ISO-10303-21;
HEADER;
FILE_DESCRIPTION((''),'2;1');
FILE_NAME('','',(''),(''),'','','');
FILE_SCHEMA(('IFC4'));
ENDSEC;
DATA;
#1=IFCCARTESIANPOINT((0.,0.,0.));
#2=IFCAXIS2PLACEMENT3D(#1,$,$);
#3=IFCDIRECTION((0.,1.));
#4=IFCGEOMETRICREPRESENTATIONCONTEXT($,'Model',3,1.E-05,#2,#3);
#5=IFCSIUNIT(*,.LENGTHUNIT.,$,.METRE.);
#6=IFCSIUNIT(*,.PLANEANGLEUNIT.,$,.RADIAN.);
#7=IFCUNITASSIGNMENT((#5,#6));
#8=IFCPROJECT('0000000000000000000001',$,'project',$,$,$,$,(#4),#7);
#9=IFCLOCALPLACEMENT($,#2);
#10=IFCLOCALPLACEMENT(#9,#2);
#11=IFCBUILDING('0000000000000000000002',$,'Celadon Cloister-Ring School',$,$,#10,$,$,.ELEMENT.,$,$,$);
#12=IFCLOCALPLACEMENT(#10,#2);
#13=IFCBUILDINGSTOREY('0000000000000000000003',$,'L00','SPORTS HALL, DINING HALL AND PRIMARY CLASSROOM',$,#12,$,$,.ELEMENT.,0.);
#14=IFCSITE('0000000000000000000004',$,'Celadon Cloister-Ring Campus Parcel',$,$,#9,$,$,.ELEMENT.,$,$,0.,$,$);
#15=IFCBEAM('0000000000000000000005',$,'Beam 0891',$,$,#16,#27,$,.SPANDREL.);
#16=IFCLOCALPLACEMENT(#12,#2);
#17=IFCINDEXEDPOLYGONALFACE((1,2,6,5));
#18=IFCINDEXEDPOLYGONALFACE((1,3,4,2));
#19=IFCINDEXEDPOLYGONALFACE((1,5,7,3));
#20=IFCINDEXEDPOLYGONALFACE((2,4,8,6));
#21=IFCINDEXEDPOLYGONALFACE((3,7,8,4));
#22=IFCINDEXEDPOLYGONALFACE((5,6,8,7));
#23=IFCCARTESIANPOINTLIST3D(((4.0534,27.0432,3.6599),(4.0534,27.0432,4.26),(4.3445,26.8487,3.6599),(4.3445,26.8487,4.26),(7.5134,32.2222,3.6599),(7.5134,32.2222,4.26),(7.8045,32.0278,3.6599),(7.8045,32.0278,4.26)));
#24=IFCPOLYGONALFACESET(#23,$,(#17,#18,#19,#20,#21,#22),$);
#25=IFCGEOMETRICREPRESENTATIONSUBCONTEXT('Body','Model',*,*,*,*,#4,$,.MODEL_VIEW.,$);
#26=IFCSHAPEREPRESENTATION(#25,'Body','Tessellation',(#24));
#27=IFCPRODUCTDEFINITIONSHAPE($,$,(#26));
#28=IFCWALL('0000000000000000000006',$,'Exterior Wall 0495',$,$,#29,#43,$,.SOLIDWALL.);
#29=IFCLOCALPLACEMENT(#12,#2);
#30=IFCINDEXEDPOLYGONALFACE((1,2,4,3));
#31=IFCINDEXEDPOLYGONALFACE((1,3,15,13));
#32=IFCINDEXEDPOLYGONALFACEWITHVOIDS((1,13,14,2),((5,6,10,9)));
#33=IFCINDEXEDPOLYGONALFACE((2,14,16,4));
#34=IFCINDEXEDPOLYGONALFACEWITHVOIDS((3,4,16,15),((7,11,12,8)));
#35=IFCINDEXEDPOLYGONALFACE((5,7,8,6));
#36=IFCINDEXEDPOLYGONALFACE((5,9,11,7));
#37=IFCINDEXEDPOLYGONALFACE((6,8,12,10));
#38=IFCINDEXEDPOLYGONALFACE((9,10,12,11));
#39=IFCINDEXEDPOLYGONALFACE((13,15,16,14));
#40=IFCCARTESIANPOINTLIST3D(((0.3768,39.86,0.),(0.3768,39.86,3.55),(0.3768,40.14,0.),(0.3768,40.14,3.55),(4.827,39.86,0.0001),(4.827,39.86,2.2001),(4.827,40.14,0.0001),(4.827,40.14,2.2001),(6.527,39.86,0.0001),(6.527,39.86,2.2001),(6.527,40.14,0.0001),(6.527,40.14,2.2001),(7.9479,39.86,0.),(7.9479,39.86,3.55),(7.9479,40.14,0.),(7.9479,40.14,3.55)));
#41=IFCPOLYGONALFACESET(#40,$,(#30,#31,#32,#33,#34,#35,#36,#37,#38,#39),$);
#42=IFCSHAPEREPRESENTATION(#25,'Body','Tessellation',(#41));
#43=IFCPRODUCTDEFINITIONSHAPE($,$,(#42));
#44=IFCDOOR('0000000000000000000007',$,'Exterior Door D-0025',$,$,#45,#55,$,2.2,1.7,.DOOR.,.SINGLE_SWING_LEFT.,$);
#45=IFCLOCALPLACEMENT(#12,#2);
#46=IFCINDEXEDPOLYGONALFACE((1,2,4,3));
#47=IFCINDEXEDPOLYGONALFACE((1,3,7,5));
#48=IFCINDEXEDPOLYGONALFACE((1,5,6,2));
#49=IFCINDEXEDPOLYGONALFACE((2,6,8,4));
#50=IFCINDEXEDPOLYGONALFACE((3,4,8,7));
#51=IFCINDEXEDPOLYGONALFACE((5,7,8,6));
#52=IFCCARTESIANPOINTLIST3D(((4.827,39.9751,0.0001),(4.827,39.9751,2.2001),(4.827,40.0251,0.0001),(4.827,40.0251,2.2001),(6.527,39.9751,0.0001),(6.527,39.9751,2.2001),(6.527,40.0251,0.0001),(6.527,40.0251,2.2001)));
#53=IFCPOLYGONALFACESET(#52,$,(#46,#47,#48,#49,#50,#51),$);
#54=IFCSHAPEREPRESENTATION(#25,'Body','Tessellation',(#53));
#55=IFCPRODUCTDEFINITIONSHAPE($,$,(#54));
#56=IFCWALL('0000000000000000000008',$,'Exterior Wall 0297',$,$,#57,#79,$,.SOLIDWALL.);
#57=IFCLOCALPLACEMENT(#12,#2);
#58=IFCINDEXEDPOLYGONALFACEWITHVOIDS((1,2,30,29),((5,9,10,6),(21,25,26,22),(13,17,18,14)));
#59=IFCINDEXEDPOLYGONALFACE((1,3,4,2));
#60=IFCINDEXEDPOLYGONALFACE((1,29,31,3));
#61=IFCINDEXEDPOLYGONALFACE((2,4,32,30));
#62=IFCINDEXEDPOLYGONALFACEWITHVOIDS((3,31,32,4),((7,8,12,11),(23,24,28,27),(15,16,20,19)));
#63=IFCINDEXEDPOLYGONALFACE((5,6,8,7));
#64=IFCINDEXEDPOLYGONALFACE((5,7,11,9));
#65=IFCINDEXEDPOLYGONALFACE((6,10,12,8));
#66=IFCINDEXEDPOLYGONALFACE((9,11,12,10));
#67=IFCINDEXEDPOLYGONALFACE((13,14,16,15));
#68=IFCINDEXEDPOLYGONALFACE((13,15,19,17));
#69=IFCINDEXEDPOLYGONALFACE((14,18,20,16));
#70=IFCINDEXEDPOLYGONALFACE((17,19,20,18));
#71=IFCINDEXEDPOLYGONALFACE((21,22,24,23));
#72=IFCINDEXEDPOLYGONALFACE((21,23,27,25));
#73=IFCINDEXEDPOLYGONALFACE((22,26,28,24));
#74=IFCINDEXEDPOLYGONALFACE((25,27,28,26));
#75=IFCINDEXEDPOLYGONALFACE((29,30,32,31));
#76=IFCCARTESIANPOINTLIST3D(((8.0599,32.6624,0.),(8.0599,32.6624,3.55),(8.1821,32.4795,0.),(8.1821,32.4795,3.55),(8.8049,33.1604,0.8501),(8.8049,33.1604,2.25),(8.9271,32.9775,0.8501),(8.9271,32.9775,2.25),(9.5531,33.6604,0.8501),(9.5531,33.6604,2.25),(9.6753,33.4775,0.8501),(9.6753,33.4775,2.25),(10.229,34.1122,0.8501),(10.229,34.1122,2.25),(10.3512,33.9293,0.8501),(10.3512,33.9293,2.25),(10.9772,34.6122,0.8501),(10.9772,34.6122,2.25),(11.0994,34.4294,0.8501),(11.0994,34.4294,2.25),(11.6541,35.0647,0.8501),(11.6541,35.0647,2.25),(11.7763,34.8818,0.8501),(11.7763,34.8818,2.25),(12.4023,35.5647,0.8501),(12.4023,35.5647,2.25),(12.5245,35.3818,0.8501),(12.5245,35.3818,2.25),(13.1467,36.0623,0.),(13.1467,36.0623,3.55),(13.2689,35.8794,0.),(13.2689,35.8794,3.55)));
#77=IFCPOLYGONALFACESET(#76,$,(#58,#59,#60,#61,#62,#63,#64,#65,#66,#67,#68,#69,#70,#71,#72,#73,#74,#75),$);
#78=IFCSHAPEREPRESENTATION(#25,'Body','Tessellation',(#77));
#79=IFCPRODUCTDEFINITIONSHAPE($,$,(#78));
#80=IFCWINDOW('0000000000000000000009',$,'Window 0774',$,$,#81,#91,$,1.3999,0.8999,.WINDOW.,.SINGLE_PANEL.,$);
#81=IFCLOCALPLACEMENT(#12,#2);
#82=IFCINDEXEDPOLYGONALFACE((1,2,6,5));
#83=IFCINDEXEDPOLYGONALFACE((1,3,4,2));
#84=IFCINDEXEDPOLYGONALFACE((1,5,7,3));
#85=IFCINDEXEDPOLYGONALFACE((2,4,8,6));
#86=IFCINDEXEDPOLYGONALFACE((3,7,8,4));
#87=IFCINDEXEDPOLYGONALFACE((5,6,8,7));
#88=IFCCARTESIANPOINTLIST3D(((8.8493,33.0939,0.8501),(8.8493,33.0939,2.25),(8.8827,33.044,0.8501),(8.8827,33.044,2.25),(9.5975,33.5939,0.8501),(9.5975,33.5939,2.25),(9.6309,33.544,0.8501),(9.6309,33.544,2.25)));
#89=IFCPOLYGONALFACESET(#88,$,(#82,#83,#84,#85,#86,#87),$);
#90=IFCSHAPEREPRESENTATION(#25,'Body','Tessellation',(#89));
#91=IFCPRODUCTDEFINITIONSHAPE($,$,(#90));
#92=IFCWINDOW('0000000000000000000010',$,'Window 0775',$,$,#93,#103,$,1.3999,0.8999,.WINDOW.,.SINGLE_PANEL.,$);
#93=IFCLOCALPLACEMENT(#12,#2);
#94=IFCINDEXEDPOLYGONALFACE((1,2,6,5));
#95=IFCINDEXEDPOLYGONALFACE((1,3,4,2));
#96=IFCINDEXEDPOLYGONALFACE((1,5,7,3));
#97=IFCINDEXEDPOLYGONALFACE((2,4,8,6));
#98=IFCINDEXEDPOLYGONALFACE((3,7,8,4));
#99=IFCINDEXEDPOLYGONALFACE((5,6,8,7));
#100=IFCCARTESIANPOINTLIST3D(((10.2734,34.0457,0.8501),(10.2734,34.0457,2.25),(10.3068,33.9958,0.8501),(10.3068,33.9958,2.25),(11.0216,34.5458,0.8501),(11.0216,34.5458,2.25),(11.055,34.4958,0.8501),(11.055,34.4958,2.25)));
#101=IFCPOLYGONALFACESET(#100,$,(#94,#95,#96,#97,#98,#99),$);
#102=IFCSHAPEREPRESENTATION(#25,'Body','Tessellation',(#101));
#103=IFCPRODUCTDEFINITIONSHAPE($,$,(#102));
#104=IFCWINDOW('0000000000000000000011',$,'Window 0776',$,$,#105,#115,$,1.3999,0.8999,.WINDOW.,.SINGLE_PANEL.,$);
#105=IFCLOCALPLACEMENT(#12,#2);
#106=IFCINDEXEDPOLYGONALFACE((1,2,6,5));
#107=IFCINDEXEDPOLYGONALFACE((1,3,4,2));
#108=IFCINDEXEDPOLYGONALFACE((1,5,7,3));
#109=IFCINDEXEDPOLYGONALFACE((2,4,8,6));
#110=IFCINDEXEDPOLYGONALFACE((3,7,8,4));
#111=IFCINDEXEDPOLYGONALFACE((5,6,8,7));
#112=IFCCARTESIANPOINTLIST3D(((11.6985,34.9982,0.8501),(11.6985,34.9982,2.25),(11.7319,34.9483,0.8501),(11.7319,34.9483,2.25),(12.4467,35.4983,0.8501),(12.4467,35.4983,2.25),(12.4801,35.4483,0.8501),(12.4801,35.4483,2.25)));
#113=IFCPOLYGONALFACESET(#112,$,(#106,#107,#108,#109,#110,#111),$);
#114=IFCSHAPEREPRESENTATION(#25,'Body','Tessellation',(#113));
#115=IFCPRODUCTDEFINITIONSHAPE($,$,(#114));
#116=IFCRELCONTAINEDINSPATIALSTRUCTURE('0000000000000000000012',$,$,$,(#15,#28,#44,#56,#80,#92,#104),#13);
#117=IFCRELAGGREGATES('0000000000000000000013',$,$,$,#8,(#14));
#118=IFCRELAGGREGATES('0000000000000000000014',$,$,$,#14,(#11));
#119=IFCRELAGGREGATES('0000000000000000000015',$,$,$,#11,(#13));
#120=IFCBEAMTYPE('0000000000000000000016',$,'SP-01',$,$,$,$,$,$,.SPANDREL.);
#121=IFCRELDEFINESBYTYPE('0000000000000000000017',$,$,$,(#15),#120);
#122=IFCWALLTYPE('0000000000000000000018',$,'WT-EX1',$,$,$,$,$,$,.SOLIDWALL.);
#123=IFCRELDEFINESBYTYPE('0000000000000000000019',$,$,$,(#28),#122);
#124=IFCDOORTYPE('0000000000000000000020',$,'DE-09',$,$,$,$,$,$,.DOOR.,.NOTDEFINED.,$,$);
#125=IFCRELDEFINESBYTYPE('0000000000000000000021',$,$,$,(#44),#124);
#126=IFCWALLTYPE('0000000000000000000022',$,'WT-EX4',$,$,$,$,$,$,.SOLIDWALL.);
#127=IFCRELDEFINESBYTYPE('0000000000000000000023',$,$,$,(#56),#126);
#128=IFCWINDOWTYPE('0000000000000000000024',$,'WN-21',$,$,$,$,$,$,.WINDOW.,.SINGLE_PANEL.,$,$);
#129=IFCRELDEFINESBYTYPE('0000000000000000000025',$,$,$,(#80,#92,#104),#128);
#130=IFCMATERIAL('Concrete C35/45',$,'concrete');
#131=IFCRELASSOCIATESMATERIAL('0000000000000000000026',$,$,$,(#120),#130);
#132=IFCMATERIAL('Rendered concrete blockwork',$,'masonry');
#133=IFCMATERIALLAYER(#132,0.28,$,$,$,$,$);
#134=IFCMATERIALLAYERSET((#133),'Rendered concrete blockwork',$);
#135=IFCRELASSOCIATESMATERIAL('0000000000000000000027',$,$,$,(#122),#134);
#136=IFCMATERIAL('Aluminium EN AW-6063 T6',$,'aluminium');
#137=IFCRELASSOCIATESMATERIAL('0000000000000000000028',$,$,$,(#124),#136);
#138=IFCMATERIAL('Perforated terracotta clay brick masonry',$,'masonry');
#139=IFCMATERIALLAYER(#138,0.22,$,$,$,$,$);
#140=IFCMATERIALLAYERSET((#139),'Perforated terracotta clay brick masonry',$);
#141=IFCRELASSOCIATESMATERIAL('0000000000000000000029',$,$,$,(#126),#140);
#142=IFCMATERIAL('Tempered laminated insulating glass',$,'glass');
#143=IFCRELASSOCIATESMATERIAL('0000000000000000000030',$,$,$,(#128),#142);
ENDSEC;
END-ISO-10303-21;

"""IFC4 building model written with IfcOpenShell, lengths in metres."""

from ifc_helpers import new_model, si_unit, direction, frame, frame_2d, origin, origin_2d, place, context, subcontext, project, spatial, rectangle, extrude, material, layer, layer_set, material_profile, profile_set, type_object, element, fill, save


model = new_model("IFC4")

# Units and contexts
model_context = context("Model", 3, precision=1e-05, world=origin(), true_north=direction((0.0, 1.0)))
body_context = subcontext(model_context, "Body", "Model", "MODEL_VIEW")
ifc_project = project(units=[si_unit("LENGTHUNIT", "METRE"), si_unit("PLANEANGLEUNIT", "RADIAN")], contexts=[model_context])

# Site, building, storey
site_placement = place(None, origin())
site = spatial("IfcSite", under=ifc_project, at=site_placement, Name="Celadon Cloister-Ring Campus Parcel", CompositionType="ELEMENT", RefElevation=0.0)
building_placement = place(site_placement, origin())
building = spatial("IfcBuilding", under=site, at=building_placement, Name="Celadon Cloister-Ring School", CompositionType="ELEMENT")
storey_placement = place(building_placement, origin())
storey = spatial("IfcBuildingStorey", under=building, at=storey_placement, Name="L00", Description="SPORTS HALL, DINING HALL AND PRIMARY CLASSROOM", CompositionType="ELEMENT", Elevation=0.0)

# Beam
ifc_material_1 = material(Name="Concrete C35/45", Category="concrete")
ifc_material_profile_1 = material_profile(ifc_material_1, rectangle(XDim=0.3501, YDim=0.6001, at=origin_2d()), Name="RC350X600")
ifc_profile_set_1 = profile_set([ifc_material_profile_1], Name="Concrete C35/45")
beam_type_1 = type_object("IfcBeamType", Name="SP-01", PredefinedType="SPANDREL", material=ifc_profile_set_1)
beam_1_placement = place(storey_placement, frame((7.6589, 32.125, 3.96), z_axis=(-0.555514, -0.831507, 0.0), x_axis=(0.831507, -0.555514, 0.0)))
element("IfcBeam", 1, at=beam_1_placement, inside=storey, type_object=beam_type_1, Name="Beam 0891", PredefinedType="SPANDREL", context=body_context, shape_type="SweptSolid", body=[
    extrude(rectangle(XDim=0.3501, YDim=0.6001, at=origin_2d()), origin(), (0.0, 0.0, 1.0), 6.2285),
])

# Wall, opening, door
ifc_material_2 = material(Name="Rendered concrete blockwork", Category="masonry")
ifc_layer_1 = layer(ifc_material_2, 0.28)
ifc_layer_set_1 = layer_set([ifc_layer_1], Name="Rendered concrete blockwork")
wall_type_1 = type_object("IfcWallType", Name="WT-EX1", PredefinedType="SOLIDWALL", material=ifc_layer_set_1)
wall_1_placement = place(storey_placement, frame((7.948, 40.0, 0.0), z_axis=(0.0, 0.0, 1.0), x_axis=(-1.0, 0.0, 0.0)))
wall_1 = element("IfcWall", 2, at=wall_1_placement, inside=storey, type_object=wall_type_1, Name="Exterior Wall 0495", PredefinedType="SOLIDWALL", context=body_context, shape_type="SweptSolid", body=[
    extrude(rectangle(XDim=7.571, YDim=0.28, at=frame_2d((3.7856, 0.0))), origin(), (0.0, 0.0, 1.0), 3.55),
])
opening_1_placement = place(wall_1_placement, frame((1.4209, 0.0, 0.0)))
opening_1 = element("IfcOpeningElement", 3, at=opening_1_placement, cuts=wall_1, PredefinedType="OPENING", context=body_context, shape_type="SweptSolid", body=[
    extrude(rectangle(XDim=1.7, YDim=2.2, at=frame_2d((0.8501, 1.1001))), frame((0.0, 0.1499, 0.0), z_axis=(0.0, -1.0, 0.0), x_axis=(1.0, 0.0, 0.0)), (0.0, 0.0, 1.0), 0.3),
])
ifc_material_3 = material(Name="Aluminium EN AW-6063 T6", Category="aluminium")
door_type = type_object("IfcDoorType", Name="DE-09", OperationType="NOTDEFINED", PredefinedType="DOOR", material=ifc_material_3)
door_placement = place(opening_1_placement, origin())
door = element("IfcDoor", 4, at=door_placement, inside=storey, type_object=door_type, Name="Exterior Door D-0025", OperationType="SINGLE_SWING_LEFT", OverallHeight=2.2, OverallWidth=1.7, PredefinedType="DOOR", context=body_context, shape_type="SweptSolid", body=[
    extrude(rectangle(XDim=1.7, YDim=2.2, at=frame_2d((0.8501, 1.1001))), frame((0.0, 0.0249, 0.0), z_axis=(0.0, -1.0, 0.0), x_axis=(1.0, 0.0, 0.0)), (0.0, 0.0, 1.0), 0.05),
])
fill(opening_1, door)

# Wall, openings, windows
ifc_material_4 = material(Name="Perforated terracotta clay brick masonry", Category="masonry")
ifc_layer_2 = layer(ifc_material_4, 0.22)
ifc_layer_set_2 = layer_set([ifc_layer_2], Name="Perforated terracotta clay brick masonry")
wall_type_2 = type_object("IfcWallType", Name="WT-EX4", PredefinedType="SOLIDWALL", material=ifc_layer_set_2)
wall_2_placement = place(storey_placement, frame((8.1211, 32.571, 0.0), z_axis=(0.0, 0.0, 1.0), x_axis=(0.831399, 0.555676, 0.0)))
wall_2 = element("IfcWall", 5, at=wall_2_placement, inside=storey, type_object=wall_type_2, Name="Exterior Wall 0297", PredefinedType="SOLIDWALL", context=body_context, shape_type="SweptSolid", body=[
    extrude(rectangle(XDim=6.1184, YDim=0.22, at=frame_2d((3.0591, 0.0))), origin(), (0.0, 0.0, 1.0), 3.55),
])
opening_2_placement = place(wall_2_placement, frame((0.896, 0.0, 0.8501)))
opening_2 = element("IfcOpeningElement", 6, at=opening_2_placement, cuts=wall_2, PredefinedType="OPENING", context=body_context, shape_type="SweptSolid", body=[
    extrude(rectangle(XDim=0.8999, YDim=1.3999, at=frame_2d((0.45, 0.7))), frame((0.0, 0.1201, 0.0), z_axis=(0.0, -1.0, 0.0), x_axis=(1.0, 0.0, 0.0)), (0.0, 0.0, 1.0), 0.24),
])
opening_3_placement = place(wall_2_placement, frame((2.6089, 0.0, 0.8501)))
opening_3 = element("IfcOpeningElement", 7, at=opening_3_placement, cuts=wall_2, PredefinedType="OPENING", context=body_context, shape_type="SweptSolid", body=[
    extrude(rectangle(XDim=0.8999, YDim=1.3999, at=frame_2d((0.45, 0.7))), frame((0.0, 0.1201, 0.0), z_axis=(0.0, -1.0, 0.0), x_axis=(1.0, 0.0, 0.0)), (0.0, 0.0, 1.0), 0.24),
])
opening_4_placement = place(wall_2_placement, frame((4.323, 0.0, 0.8501)))
opening_4 = element("IfcOpeningElement", 8, at=opening_4_placement, cuts=wall_2, PredefinedType="OPENING", context=body_context, shape_type="SweptSolid", body=[
    extrude(rectangle(XDim=0.8999, YDim=1.3999, at=frame_2d((0.45, 0.7))), frame((0.0, 0.1201, 0.0), z_axis=(0.0, -1.0, 0.0), x_axis=(1.0, 0.0, 0.0)), (0.0, 0.0, 1.0), 0.24),
])
ifc_material_5 = material(Name="Tempered laminated insulating glass", Category="glass")
window_type = type_object("IfcWindowType", Name="WN-21", PartitioningType="SINGLE_PANEL", PredefinedType="WINDOW", material=ifc_material_5)
window_1_placement = place(opening_2_placement, origin())
window_1 = element("IfcWindow", 9, at=window_1_placement, inside=storey, type_object=window_type, Name="Window 0774", OverallHeight=1.3999, OverallWidth=0.8999, PartitioningType="SINGLE_PANEL", PredefinedType="WINDOW", context=body_context, shape_type="SweptSolid", body=[
    extrude(rectangle(XDim=0.8999, YDim=1.3999, at=frame_2d((0.45, 0.7))), frame((0.0, 0.03, 0.0), z_axis=(0.0, -1.0, 0.0), x_axis=(1.0, 0.0, 0.0)), (0.0, 0.0, 1.0), 0.0601),
])
fill(opening_2, window_1)
window_2_placement = place(opening_3_placement, origin())
window_2 = element("IfcWindow", 10, at=window_2_placement, inside=storey, type_object=window_type, Name="Window 0775", OverallHeight=1.3999, OverallWidth=0.8999, PartitioningType="SINGLE_PANEL", PredefinedType="WINDOW", context=body_context, shape_type="SweptSolid", body=[
    extrude(rectangle(XDim=0.8999, YDim=1.3999, at=frame_2d((0.45, 0.7))), frame((0.0, 0.03, 0.0), z_axis=(0.0, -1.0, 0.0), x_axis=(1.0, 0.0, 0.0)), (0.0, 0.0, 1.0), 0.0601),
])
fill(opening_3, window_2)
window_3_placement = place(opening_4_placement, origin())
window_3 = element("IfcWindow", 11, at=window_3_placement, inside=storey, type_object=window_type, Name="Window 0776", OverallHeight=1.3999, OverallWidth=0.8999, PartitioningType="SINGLE_PANEL", PredefinedType="WINDOW", context=body_context, shape_type="SweptSolid", body=[
    extrude(rectangle(XDim=0.8999, YDim=1.3999, at=frame_2d((0.45, 0.7))), frame((0.0, 0.03, 0.0), z_axis=(0.0, -1.0, 0.0), x_axis=(1.0, 0.0, 0.0)), (0.0, 0.0, 1.0), 0.0601),
])
fill(opening_4, window_3)

save(model, "model.ifc")
